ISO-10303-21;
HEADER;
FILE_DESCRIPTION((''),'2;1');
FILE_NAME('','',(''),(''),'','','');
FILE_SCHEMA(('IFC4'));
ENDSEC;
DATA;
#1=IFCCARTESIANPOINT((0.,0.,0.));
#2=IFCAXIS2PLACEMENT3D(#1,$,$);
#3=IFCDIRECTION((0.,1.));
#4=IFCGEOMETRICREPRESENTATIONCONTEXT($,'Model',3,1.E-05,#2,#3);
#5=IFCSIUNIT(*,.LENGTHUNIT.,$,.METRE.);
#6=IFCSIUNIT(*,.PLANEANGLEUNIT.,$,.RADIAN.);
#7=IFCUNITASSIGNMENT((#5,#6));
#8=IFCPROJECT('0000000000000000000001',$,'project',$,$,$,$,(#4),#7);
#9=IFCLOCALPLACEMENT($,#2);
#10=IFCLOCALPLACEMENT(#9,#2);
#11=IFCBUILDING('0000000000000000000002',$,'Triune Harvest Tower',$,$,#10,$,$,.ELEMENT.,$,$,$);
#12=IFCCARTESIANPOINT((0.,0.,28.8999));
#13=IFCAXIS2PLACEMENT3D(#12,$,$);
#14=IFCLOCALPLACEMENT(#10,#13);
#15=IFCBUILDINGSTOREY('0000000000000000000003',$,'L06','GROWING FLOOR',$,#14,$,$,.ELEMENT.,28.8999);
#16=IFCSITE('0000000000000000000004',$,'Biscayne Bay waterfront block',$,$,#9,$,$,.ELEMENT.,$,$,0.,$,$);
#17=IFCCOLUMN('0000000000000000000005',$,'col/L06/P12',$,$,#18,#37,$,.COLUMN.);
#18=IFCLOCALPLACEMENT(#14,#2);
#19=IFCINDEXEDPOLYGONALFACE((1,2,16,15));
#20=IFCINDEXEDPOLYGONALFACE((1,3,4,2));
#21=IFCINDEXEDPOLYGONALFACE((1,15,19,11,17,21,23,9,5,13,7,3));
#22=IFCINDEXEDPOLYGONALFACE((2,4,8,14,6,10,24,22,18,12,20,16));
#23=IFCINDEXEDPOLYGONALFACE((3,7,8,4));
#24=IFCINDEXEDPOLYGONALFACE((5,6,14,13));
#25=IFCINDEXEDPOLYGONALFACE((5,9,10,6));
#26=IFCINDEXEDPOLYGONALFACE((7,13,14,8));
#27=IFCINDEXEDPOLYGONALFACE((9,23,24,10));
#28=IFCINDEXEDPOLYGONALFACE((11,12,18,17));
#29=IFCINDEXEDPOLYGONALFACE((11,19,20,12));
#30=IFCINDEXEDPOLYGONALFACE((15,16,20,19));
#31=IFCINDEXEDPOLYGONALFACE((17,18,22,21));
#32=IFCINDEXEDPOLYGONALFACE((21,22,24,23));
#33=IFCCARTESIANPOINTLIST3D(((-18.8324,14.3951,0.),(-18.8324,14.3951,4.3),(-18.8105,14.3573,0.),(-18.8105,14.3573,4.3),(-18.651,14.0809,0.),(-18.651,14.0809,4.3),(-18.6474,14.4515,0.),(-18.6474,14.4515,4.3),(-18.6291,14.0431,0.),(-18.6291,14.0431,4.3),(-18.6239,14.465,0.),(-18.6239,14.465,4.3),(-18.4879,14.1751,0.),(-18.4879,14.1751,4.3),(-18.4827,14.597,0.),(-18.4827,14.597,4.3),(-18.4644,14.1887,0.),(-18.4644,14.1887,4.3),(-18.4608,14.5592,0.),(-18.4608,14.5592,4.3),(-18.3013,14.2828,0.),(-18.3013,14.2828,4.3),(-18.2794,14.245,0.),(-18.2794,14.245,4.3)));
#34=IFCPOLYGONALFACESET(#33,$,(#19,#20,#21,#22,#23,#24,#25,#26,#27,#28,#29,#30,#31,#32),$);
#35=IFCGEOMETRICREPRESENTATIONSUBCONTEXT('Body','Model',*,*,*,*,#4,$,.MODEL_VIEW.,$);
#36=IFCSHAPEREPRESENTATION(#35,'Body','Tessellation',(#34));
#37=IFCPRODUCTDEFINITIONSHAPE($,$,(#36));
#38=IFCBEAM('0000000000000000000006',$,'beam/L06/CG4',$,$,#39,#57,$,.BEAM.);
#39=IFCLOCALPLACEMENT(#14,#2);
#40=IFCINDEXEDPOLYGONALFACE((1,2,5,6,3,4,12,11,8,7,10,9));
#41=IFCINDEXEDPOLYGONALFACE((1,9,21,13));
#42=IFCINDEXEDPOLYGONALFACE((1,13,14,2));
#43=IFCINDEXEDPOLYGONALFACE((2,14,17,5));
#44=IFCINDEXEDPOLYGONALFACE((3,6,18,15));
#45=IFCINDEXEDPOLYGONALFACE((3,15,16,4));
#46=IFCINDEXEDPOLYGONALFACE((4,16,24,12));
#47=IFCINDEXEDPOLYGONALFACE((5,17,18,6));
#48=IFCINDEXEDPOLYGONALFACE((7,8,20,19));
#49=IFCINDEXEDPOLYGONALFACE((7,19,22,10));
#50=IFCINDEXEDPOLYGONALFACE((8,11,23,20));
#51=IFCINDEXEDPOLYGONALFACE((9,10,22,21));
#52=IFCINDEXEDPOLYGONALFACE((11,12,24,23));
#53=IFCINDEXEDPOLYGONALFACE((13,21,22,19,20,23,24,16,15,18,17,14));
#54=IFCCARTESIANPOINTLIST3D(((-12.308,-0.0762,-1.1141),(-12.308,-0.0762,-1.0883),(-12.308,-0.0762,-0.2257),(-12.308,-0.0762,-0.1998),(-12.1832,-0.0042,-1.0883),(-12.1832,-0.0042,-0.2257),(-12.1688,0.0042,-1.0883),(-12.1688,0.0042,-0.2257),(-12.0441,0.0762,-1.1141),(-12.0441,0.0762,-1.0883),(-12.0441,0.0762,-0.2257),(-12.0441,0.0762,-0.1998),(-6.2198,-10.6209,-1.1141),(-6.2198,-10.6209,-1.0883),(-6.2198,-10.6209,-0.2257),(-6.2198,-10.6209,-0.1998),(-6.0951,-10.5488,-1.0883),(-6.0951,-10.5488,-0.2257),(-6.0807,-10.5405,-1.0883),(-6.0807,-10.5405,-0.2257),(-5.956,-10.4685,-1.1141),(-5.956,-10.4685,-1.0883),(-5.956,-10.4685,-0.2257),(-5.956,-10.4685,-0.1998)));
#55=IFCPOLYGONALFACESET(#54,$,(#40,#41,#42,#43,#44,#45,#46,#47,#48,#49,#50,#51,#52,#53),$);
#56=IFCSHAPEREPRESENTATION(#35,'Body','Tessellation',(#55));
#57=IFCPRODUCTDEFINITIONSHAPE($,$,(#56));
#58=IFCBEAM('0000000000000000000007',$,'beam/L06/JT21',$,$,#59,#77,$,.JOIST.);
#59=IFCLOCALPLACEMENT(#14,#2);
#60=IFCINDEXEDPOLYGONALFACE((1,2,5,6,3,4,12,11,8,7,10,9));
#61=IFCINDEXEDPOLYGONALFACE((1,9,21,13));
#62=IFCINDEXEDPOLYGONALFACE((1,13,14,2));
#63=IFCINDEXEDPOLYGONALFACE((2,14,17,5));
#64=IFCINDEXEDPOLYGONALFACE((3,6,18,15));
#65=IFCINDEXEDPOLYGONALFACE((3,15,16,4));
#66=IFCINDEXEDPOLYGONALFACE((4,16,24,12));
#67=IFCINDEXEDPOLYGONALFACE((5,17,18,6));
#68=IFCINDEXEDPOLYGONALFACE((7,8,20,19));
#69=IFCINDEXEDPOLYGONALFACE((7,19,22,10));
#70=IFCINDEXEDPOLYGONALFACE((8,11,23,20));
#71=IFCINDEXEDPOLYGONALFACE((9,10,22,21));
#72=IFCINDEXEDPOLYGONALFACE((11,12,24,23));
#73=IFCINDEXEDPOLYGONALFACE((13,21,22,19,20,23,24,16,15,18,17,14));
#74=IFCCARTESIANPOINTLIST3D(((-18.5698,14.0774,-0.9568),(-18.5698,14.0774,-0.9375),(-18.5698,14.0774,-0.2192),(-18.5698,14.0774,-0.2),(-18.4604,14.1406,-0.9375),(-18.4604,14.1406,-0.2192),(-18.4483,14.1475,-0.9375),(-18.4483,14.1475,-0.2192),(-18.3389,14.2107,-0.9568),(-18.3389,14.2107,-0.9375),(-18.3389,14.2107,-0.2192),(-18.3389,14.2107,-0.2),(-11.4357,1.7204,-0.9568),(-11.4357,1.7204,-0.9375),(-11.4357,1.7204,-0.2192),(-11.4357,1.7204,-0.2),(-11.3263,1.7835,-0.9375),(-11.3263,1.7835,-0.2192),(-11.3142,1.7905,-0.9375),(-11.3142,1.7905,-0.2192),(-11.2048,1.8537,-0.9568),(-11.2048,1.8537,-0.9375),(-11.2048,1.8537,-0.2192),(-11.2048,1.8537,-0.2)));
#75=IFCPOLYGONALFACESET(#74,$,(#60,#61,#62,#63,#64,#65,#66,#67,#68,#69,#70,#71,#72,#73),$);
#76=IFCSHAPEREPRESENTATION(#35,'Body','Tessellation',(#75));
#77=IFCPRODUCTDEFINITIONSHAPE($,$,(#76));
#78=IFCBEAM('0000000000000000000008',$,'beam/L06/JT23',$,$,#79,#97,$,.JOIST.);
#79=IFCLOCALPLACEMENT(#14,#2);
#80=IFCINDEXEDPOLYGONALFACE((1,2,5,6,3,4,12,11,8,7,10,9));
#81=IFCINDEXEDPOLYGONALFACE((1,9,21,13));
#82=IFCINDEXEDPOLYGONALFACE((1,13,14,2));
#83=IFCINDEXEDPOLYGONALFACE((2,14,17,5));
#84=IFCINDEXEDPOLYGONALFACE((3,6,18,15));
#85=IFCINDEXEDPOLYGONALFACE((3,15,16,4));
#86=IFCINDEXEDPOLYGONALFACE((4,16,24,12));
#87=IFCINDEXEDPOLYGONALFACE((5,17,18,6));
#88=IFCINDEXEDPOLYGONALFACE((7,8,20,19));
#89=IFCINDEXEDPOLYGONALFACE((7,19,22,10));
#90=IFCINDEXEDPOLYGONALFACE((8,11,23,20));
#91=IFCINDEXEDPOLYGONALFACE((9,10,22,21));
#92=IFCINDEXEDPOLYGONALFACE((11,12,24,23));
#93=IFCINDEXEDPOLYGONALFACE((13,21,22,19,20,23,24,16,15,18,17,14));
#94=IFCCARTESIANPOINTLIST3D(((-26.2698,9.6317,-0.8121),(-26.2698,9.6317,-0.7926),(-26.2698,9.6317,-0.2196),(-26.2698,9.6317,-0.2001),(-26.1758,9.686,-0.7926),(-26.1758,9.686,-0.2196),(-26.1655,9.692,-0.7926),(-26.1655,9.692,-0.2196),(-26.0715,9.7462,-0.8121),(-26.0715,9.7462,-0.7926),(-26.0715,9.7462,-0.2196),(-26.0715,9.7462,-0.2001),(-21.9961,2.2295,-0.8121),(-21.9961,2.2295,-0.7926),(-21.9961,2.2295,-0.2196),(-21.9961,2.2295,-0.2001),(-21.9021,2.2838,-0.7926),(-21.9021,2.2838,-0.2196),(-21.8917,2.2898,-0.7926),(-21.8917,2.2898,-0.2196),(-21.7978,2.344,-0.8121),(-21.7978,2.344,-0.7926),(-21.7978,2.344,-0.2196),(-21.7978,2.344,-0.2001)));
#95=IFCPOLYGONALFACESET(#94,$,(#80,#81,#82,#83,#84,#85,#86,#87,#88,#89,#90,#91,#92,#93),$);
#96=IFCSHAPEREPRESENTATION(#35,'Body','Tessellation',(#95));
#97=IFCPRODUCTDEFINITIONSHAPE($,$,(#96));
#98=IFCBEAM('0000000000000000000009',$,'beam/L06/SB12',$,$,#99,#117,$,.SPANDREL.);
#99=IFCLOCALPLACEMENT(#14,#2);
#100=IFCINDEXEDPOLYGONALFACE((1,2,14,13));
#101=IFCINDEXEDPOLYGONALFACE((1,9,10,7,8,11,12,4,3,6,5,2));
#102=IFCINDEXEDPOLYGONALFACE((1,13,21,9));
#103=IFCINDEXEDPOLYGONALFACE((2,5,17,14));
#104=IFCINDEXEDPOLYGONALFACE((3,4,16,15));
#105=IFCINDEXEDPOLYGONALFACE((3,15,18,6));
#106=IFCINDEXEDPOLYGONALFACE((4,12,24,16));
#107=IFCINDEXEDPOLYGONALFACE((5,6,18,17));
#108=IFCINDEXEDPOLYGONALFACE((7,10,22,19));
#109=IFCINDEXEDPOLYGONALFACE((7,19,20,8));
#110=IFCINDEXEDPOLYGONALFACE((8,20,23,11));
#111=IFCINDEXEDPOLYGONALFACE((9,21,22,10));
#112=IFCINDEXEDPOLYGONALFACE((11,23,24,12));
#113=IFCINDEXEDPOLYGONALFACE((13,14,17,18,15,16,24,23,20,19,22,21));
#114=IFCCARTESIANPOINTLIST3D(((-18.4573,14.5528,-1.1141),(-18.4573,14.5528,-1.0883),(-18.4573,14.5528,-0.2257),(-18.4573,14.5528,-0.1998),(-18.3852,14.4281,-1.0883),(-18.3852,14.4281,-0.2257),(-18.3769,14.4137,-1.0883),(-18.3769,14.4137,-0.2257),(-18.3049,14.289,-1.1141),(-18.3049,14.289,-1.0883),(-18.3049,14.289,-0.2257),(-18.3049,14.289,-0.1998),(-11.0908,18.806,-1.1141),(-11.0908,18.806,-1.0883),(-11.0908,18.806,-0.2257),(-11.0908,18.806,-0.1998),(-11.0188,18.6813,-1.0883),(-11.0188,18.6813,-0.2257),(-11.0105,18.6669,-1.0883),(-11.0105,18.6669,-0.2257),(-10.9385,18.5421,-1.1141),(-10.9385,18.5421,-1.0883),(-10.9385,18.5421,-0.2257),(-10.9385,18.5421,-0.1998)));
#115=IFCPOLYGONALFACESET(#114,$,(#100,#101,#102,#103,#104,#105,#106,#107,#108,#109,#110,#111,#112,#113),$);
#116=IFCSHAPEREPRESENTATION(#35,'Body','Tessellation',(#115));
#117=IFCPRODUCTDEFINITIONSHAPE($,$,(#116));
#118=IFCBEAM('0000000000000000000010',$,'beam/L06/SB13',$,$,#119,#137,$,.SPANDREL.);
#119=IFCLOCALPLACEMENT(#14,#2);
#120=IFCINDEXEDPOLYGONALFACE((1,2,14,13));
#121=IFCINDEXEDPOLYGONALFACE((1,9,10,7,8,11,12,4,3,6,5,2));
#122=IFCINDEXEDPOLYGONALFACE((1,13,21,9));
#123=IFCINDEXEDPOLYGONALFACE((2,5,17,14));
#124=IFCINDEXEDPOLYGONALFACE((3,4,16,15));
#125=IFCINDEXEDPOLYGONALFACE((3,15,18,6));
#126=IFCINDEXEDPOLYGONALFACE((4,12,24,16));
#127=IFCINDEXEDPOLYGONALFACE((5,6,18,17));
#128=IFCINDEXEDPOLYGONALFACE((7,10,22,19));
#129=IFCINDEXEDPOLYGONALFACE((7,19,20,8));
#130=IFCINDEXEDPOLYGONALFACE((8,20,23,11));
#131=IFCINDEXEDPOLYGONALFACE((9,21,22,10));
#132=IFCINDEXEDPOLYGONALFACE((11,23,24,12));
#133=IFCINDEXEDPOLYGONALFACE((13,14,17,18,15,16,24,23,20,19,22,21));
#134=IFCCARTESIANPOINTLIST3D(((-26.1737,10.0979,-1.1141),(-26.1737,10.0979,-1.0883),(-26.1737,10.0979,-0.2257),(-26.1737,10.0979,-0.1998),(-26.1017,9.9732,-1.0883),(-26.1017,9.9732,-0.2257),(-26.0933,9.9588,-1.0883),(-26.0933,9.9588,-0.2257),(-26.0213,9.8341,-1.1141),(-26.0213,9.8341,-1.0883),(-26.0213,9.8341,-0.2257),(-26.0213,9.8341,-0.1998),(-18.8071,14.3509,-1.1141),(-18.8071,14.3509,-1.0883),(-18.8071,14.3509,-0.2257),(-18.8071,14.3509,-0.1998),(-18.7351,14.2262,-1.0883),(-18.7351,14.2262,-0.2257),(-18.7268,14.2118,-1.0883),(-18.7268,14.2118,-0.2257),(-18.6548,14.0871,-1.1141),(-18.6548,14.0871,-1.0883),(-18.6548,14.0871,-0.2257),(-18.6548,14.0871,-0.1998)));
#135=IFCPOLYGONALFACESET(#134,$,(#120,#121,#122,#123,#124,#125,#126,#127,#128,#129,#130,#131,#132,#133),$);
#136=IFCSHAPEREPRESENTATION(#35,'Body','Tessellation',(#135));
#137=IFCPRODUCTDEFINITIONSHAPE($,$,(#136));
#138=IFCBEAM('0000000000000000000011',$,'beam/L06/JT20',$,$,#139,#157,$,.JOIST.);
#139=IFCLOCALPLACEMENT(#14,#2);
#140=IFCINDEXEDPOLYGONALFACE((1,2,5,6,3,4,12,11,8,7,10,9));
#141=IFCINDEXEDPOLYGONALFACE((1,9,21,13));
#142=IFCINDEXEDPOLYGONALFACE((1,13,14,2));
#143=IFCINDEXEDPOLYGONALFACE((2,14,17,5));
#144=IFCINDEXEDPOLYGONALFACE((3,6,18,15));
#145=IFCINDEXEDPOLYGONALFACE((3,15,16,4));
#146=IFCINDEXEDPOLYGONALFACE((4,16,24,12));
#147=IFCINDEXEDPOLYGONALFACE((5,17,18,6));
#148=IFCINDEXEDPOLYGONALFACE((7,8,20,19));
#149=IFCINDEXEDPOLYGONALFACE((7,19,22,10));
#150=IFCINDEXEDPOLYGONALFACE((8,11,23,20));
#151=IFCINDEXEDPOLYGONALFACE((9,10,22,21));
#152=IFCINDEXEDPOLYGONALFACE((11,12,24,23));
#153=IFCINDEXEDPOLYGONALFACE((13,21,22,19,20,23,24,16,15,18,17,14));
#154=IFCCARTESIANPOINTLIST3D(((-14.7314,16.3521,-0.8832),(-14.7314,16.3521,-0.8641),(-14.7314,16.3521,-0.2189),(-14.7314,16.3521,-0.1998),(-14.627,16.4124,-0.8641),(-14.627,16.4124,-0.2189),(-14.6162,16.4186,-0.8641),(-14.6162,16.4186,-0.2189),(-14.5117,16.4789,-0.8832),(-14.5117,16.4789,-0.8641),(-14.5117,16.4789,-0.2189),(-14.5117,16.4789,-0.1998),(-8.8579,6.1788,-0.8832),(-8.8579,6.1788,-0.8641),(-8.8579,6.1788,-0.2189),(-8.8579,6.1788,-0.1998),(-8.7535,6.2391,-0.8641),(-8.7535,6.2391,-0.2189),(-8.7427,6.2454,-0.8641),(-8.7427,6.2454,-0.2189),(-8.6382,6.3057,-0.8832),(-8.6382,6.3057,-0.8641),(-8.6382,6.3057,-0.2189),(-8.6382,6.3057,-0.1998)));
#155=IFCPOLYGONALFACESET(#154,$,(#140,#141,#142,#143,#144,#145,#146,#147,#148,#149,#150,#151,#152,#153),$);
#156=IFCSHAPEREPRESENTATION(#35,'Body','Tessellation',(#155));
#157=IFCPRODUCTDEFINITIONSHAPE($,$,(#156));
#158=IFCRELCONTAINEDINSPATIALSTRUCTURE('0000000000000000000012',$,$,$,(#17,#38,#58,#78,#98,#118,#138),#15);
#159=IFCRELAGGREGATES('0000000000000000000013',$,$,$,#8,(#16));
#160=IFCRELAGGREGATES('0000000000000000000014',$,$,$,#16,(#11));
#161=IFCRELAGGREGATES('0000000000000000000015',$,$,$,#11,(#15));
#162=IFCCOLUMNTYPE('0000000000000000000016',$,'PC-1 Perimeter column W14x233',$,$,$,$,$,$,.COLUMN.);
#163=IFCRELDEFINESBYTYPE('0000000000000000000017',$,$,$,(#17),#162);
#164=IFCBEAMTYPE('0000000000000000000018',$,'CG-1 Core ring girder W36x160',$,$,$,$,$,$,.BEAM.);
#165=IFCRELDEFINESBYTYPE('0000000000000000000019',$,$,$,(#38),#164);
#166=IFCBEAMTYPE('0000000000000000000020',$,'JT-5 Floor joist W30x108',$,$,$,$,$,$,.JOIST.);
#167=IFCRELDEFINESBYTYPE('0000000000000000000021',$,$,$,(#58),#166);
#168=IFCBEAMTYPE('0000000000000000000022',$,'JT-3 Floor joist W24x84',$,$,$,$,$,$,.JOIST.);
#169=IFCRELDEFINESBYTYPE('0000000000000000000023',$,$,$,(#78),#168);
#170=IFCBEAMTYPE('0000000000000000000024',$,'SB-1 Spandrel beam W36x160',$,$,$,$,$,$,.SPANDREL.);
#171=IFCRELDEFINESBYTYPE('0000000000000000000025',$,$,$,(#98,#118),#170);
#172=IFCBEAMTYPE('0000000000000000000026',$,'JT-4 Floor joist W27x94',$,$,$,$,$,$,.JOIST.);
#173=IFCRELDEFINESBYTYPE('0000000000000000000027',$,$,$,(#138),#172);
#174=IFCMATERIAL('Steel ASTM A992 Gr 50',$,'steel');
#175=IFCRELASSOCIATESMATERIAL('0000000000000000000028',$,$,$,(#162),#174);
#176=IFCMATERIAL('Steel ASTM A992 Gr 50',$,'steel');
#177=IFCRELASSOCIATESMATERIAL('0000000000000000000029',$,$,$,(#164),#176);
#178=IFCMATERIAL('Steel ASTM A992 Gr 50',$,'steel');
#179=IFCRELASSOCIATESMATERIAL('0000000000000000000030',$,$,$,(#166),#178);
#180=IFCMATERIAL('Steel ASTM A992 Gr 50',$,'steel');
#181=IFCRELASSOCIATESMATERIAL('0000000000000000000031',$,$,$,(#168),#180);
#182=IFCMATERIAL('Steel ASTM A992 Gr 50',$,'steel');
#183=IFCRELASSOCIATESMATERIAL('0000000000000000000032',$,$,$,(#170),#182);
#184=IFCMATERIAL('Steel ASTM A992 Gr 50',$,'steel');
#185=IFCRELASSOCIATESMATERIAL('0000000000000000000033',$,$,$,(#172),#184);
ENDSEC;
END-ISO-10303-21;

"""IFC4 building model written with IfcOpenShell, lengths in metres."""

from ifc_helpers import new_model, si_unit, direction, frame, origin, origin_2d, place, context, subcontext, project, spatial, i_section, extrude, source, transform, mapped, material, material_profile, profile_set, type_object, element, save


model = new_model("IFC4")

# Units and contexts
model_context = context("Model", 3, precision=1e-05, world=origin(), true_north=direction((0.0, 1.0)))
body_context = subcontext(model_context, "Body", "Model", "MODEL_VIEW")
ifc_project = project(units=[si_unit("LENGTHUNIT", "METRE"), si_unit("PLANEANGLEUNIT", "RADIAN")], contexts=[model_context])

# Site, building, storey
site_placement = place(None, origin())
site = spatial("IfcSite", under=ifc_project, at=site_placement, Name="Biscayne Bay waterfront block", CompositionType="ELEMENT", RefElevation=0.0)
building_placement = place(site_placement, origin())
building = spatial("IfcBuilding", under=site, at=building_placement, Name="Triune Harvest Tower", CompositionType="ELEMENT")
storey_placement = place(building_placement, frame((0.0, 0.0, 28.8999)))
storey = spatial("IfcBuildingStorey", under=building, at=storey_placement, Name="L06", Description="GROWING FLOOR", CompositionType="ELEMENT", Elevation=28.8999)

# Column
ifc_material_1 = material(Name="Steel ASTM A992 Gr 50", Category="steel")
ifc_material_profile_1 = material_profile(ifc_material_1, i_section(OverallWidth=0.4038, OverallDepth=0.4065, WebThickness=0.0271, FlangeThickness=0.0437, at=origin_2d()), Name="W14x233")
ifc_profile_set_1 = profile_set([ifc_material_profile_1], Name="Steel ASTM A992 Gr 50")
column_type = type_object("IfcColumnType", Name="PC-1 Perimeter column W14x233", PredefinedType="COLUMN", material=ifc_profile_set_1)
shared_shape_1 = source(origin(), body_context, "Body", "SweptSolid", [
    extrude(i_section(OverallWidth=0.4038, OverallDepth=0.4065, WebThickness=0.0271, FlangeThickness=0.0437, at=origin_2d()), origin(), (0.0, 0.0, 1.0), 4.3),
])
column_placement = place(storey_placement, frame((-18.5559, 14.3201, 0.0), z_axis=(0.0, 0.0, 1.0), x_axis=(-0.866025, -0.5, 0.0)))
element("IfcColumn", 1, at=column_placement, inside=storey, type_object=column_type, Name="col/L06/P12", PredefinedType="COLUMN", context=body_context, shape_type="MappedRepresentation", body=[
    mapped(shared_shape_1, transform((0.0, 0.0, 0.0), scale=1.0)),
])

# Beams
ifc_material_2 = material(Name="Steel ASTM A992 Gr 50", Category="steel")
ifc_material_profile_2 = material_profile(ifc_material_2, i_section(OverallWidth=0.3047, OverallDepth=0.9143, WebThickness=0.0166, FlangeThickness=0.0259, at=origin_2d()), Name="W36x160")
ifc_profile_set_2 = profile_set([ifc_material_profile_2], Name="Steel ASTM A992 Gr 50")
beam_type_1 = type_object("IfcBeamType", Name="CG-1 Core ring girder W36x160", PredefinedType="BEAM", material=ifc_profile_set_2)
shared_shape_2 = source(origin(), body_context, "Body", "SweptSolid", [
    extrude(i_section(OverallWidth=0.3047, OverallDepth=0.9143, WebThickness=0.0166, FlangeThickness=0.0259, at=origin_2d()), origin(), (0.0, 0.0, 1.0), 12.176),
])
beam_1_placement = place(storey_placement, frame((-12.176, 0.0, -0.657), z_axis=(0.50001, -0.86602, 0.0), x_axis=(0.86602, 0.50001, 0.0)))
element("IfcBeam", 2, at=beam_1_placement, inside=storey, type_object=beam_type_1, Name="beam/L06/CG4", PredefinedType="BEAM", context=body_context, shape_type="MappedRepresentation", body=[
    mapped(shared_shape_2, transform((0.0, 0.0, 0.0), scale=1.0)),
])
ifc_material_3 = material(Name="Steel ASTM A992 Gr 50", Category="steel")
ifc_material_profile_3 = material_profile(ifc_material_3, i_section(OverallWidth=0.2666, OverallDepth=0.7568, WebThickness=0.0139, FlangeThickness=0.0193, at=origin_2d()), Name="W30x108")
ifc_profile_set_3 = profile_set([ifc_material_profile_3], Name="Steel ASTM A992 Gr 50")
beam_type_2 = type_object("IfcBeamType", Name="JT-5 Floor joist W30x108", PredefinedType="JOIST", material=ifc_profile_set_3)
shared_shape_3 = source(origin(), body_context, "Body", "SweptSolid", [
    extrude(i_section(OverallWidth=0.2666, OverallDepth=0.7568, WebThickness=0.0139, FlangeThickness=0.0193, at=origin_2d()), origin(), (0.0, 0.0, 1.0), 14.2686),
])
beam_2_placement = place(storey_placement, frame((-18.4543, 14.144, -0.5784), z_axis=(0.499987, -0.866033, 0.0), x_axis=(0.866033, 0.499987, 0.0)))
element("IfcBeam", 3, at=beam_2_placement, inside=storey, type_object=beam_type_2, Name="beam/L06/JT21", PredefinedType="JOIST", context=body_context, shape_type="MappedRepresentation", body=[
    mapped(shared_shape_3, transform((0.0, 0.0, 0.0), scale=1.0)),
])
ifc_material_4 = material(Name="Steel ASTM A992 Gr 50", Category="steel")
ifc_material_profile_4 = material_profile(ifc_material_4, i_section(OverallWidth=0.229, OverallDepth=0.6121, WebThickness=0.012, FlangeThickness=0.0195, at=origin_2d()), Name="W24x84")
ifc_profile_set_4 = profile_set([ifc_material_profile_4], Name="Steel ASTM A992 Gr 50")
beam_type_3 = type_object("IfcBeamType", Name="JT-3 Floor joist W24x84", PredefinedType="JOIST", material=ifc_profile_set_4)
shared_shape_4 = source(origin(), body_context, "Body", "SweptSolid", [
    extrude(i_section(OverallWidth=0.229, OverallDepth=0.6121, WebThickness=0.012, FlangeThickness=0.0195, at=origin_2d()), origin(), (0.0, 0.0, 1.0), 8.5474),
])
beam_3_placement = place(storey_placement, frame((-26.1707, 9.689, -0.5061), z_axis=(0.500007, -0.866021, 0.0), x_axis=(0.866021, 0.500007, 0.0)))
element("IfcBeam", 4, at=beam_3_placement, inside=storey, type_object=beam_type_3, Name="beam/L06/JT23", PredefinedType="JOIST", context=body_context, shape_type="MappedRepresentation", body=[
    mapped(shared_shape_4, transform((0.0, 0.0, 0.0), scale=1.0)),
])
ifc_material_5 = material(Name="Steel ASTM A992 Gr 50", Category="steel")
ifc_material_profile_5 = material_profile(ifc_material_5, i_section(OverallWidth=0.3047, OverallDepth=0.9143, WebThickness=0.0166, FlangeThickness=0.0259, at=origin_2d()), Name="W36x160")
ifc_profile_set_5 = profile_set([ifc_material_profile_5], Name="Steel ASTM A992 Gr 50")
beam_type_4 = type_object("IfcBeamType", Name="SB-1 Spandrel beam W36x160", PredefinedType="SPANDREL", material=ifc_profile_set_5)
shared_shape_5 = source(origin(), body_context, "Body", "SweptSolid", [
    extrude(i_section(OverallWidth=0.3047, OverallDepth=0.9143, WebThickness=0.0166, FlangeThickness=0.0259, at=origin_2d()), origin(), (0.0, 0.0, 1.0), 8.5061),
])
for number, where, z_axis, x_axis, name in (
    (5, (-11.0146, 18.6741, -0.657), (-0.866018, -0.500013, 0.0), (0.500013, -0.866018, 0.0), "beam/L06/SB12"),
    (6, (-18.731, 14.219, -0.657), (-0.86603, -0.499992, 0.0), (0.499992, -0.86603, 0.0), "beam/L06/SB13"),
):
    element("IfcBeam", number, at=place(storey_placement, frame(where, z_axis=z_axis, x_axis=x_axis)), inside=storey, type_object=beam_type_4, Name=name, PredefinedType="SPANDREL", context=body_context, shape_type="MappedRepresentation", body=[
        mapped(shared_shape_5, transform((0.0, 0.0, 0.0), scale=1.0)),
    ])
ifc_material_6 = material(Name="Steel ASTM A992 Gr 50", Category="steel")
ifc_material_profile_6 = material_profile(ifc_material_6, i_section(OverallWidth=0.2537, OverallDepth=0.6833, WebThickness=0.0125, FlangeThickness=0.019, at=origin_2d()), Name="W27x94")
ifc_profile_set_6 = profile_set([ifc_material_profile_6], Name="Steel ASTM A992 Gr 50")
beam_type_5 = type_object("IfcBeamType", Name="JT-4 Floor joist W27x94", PredefinedType="JOIST", material=ifc_profile_set_6)
shared_shape_6 = source(origin(), body_context, "Body", "SweptSolid", [
    extrude(i_section(OverallWidth=0.2537, OverallDepth=0.6833, WebThickness=0.0125, FlangeThickness=0.019, at=origin_2d()), origin(), (0.0, 0.0, 1.0), 11.7471),
])
beam_4_placement = place(storey_placement, frame((-14.6216, 16.4155, -0.5415), z_axis=(0.499997, -0.866027, 0.0), x_axis=(0.866027, 0.499997, 0.0)))
element("IfcBeam", 7, at=beam_4_placement, inside=storey, type_object=beam_type_5, Name="beam/L06/JT20", PredefinedType="JOIST", context=body_context, shape_type="MappedRepresentation", body=[
    mapped(shared_shape_6, transform((0.0, 0.0, 0.0), scale=1.0)),
])

save(model, "model.ifc")
